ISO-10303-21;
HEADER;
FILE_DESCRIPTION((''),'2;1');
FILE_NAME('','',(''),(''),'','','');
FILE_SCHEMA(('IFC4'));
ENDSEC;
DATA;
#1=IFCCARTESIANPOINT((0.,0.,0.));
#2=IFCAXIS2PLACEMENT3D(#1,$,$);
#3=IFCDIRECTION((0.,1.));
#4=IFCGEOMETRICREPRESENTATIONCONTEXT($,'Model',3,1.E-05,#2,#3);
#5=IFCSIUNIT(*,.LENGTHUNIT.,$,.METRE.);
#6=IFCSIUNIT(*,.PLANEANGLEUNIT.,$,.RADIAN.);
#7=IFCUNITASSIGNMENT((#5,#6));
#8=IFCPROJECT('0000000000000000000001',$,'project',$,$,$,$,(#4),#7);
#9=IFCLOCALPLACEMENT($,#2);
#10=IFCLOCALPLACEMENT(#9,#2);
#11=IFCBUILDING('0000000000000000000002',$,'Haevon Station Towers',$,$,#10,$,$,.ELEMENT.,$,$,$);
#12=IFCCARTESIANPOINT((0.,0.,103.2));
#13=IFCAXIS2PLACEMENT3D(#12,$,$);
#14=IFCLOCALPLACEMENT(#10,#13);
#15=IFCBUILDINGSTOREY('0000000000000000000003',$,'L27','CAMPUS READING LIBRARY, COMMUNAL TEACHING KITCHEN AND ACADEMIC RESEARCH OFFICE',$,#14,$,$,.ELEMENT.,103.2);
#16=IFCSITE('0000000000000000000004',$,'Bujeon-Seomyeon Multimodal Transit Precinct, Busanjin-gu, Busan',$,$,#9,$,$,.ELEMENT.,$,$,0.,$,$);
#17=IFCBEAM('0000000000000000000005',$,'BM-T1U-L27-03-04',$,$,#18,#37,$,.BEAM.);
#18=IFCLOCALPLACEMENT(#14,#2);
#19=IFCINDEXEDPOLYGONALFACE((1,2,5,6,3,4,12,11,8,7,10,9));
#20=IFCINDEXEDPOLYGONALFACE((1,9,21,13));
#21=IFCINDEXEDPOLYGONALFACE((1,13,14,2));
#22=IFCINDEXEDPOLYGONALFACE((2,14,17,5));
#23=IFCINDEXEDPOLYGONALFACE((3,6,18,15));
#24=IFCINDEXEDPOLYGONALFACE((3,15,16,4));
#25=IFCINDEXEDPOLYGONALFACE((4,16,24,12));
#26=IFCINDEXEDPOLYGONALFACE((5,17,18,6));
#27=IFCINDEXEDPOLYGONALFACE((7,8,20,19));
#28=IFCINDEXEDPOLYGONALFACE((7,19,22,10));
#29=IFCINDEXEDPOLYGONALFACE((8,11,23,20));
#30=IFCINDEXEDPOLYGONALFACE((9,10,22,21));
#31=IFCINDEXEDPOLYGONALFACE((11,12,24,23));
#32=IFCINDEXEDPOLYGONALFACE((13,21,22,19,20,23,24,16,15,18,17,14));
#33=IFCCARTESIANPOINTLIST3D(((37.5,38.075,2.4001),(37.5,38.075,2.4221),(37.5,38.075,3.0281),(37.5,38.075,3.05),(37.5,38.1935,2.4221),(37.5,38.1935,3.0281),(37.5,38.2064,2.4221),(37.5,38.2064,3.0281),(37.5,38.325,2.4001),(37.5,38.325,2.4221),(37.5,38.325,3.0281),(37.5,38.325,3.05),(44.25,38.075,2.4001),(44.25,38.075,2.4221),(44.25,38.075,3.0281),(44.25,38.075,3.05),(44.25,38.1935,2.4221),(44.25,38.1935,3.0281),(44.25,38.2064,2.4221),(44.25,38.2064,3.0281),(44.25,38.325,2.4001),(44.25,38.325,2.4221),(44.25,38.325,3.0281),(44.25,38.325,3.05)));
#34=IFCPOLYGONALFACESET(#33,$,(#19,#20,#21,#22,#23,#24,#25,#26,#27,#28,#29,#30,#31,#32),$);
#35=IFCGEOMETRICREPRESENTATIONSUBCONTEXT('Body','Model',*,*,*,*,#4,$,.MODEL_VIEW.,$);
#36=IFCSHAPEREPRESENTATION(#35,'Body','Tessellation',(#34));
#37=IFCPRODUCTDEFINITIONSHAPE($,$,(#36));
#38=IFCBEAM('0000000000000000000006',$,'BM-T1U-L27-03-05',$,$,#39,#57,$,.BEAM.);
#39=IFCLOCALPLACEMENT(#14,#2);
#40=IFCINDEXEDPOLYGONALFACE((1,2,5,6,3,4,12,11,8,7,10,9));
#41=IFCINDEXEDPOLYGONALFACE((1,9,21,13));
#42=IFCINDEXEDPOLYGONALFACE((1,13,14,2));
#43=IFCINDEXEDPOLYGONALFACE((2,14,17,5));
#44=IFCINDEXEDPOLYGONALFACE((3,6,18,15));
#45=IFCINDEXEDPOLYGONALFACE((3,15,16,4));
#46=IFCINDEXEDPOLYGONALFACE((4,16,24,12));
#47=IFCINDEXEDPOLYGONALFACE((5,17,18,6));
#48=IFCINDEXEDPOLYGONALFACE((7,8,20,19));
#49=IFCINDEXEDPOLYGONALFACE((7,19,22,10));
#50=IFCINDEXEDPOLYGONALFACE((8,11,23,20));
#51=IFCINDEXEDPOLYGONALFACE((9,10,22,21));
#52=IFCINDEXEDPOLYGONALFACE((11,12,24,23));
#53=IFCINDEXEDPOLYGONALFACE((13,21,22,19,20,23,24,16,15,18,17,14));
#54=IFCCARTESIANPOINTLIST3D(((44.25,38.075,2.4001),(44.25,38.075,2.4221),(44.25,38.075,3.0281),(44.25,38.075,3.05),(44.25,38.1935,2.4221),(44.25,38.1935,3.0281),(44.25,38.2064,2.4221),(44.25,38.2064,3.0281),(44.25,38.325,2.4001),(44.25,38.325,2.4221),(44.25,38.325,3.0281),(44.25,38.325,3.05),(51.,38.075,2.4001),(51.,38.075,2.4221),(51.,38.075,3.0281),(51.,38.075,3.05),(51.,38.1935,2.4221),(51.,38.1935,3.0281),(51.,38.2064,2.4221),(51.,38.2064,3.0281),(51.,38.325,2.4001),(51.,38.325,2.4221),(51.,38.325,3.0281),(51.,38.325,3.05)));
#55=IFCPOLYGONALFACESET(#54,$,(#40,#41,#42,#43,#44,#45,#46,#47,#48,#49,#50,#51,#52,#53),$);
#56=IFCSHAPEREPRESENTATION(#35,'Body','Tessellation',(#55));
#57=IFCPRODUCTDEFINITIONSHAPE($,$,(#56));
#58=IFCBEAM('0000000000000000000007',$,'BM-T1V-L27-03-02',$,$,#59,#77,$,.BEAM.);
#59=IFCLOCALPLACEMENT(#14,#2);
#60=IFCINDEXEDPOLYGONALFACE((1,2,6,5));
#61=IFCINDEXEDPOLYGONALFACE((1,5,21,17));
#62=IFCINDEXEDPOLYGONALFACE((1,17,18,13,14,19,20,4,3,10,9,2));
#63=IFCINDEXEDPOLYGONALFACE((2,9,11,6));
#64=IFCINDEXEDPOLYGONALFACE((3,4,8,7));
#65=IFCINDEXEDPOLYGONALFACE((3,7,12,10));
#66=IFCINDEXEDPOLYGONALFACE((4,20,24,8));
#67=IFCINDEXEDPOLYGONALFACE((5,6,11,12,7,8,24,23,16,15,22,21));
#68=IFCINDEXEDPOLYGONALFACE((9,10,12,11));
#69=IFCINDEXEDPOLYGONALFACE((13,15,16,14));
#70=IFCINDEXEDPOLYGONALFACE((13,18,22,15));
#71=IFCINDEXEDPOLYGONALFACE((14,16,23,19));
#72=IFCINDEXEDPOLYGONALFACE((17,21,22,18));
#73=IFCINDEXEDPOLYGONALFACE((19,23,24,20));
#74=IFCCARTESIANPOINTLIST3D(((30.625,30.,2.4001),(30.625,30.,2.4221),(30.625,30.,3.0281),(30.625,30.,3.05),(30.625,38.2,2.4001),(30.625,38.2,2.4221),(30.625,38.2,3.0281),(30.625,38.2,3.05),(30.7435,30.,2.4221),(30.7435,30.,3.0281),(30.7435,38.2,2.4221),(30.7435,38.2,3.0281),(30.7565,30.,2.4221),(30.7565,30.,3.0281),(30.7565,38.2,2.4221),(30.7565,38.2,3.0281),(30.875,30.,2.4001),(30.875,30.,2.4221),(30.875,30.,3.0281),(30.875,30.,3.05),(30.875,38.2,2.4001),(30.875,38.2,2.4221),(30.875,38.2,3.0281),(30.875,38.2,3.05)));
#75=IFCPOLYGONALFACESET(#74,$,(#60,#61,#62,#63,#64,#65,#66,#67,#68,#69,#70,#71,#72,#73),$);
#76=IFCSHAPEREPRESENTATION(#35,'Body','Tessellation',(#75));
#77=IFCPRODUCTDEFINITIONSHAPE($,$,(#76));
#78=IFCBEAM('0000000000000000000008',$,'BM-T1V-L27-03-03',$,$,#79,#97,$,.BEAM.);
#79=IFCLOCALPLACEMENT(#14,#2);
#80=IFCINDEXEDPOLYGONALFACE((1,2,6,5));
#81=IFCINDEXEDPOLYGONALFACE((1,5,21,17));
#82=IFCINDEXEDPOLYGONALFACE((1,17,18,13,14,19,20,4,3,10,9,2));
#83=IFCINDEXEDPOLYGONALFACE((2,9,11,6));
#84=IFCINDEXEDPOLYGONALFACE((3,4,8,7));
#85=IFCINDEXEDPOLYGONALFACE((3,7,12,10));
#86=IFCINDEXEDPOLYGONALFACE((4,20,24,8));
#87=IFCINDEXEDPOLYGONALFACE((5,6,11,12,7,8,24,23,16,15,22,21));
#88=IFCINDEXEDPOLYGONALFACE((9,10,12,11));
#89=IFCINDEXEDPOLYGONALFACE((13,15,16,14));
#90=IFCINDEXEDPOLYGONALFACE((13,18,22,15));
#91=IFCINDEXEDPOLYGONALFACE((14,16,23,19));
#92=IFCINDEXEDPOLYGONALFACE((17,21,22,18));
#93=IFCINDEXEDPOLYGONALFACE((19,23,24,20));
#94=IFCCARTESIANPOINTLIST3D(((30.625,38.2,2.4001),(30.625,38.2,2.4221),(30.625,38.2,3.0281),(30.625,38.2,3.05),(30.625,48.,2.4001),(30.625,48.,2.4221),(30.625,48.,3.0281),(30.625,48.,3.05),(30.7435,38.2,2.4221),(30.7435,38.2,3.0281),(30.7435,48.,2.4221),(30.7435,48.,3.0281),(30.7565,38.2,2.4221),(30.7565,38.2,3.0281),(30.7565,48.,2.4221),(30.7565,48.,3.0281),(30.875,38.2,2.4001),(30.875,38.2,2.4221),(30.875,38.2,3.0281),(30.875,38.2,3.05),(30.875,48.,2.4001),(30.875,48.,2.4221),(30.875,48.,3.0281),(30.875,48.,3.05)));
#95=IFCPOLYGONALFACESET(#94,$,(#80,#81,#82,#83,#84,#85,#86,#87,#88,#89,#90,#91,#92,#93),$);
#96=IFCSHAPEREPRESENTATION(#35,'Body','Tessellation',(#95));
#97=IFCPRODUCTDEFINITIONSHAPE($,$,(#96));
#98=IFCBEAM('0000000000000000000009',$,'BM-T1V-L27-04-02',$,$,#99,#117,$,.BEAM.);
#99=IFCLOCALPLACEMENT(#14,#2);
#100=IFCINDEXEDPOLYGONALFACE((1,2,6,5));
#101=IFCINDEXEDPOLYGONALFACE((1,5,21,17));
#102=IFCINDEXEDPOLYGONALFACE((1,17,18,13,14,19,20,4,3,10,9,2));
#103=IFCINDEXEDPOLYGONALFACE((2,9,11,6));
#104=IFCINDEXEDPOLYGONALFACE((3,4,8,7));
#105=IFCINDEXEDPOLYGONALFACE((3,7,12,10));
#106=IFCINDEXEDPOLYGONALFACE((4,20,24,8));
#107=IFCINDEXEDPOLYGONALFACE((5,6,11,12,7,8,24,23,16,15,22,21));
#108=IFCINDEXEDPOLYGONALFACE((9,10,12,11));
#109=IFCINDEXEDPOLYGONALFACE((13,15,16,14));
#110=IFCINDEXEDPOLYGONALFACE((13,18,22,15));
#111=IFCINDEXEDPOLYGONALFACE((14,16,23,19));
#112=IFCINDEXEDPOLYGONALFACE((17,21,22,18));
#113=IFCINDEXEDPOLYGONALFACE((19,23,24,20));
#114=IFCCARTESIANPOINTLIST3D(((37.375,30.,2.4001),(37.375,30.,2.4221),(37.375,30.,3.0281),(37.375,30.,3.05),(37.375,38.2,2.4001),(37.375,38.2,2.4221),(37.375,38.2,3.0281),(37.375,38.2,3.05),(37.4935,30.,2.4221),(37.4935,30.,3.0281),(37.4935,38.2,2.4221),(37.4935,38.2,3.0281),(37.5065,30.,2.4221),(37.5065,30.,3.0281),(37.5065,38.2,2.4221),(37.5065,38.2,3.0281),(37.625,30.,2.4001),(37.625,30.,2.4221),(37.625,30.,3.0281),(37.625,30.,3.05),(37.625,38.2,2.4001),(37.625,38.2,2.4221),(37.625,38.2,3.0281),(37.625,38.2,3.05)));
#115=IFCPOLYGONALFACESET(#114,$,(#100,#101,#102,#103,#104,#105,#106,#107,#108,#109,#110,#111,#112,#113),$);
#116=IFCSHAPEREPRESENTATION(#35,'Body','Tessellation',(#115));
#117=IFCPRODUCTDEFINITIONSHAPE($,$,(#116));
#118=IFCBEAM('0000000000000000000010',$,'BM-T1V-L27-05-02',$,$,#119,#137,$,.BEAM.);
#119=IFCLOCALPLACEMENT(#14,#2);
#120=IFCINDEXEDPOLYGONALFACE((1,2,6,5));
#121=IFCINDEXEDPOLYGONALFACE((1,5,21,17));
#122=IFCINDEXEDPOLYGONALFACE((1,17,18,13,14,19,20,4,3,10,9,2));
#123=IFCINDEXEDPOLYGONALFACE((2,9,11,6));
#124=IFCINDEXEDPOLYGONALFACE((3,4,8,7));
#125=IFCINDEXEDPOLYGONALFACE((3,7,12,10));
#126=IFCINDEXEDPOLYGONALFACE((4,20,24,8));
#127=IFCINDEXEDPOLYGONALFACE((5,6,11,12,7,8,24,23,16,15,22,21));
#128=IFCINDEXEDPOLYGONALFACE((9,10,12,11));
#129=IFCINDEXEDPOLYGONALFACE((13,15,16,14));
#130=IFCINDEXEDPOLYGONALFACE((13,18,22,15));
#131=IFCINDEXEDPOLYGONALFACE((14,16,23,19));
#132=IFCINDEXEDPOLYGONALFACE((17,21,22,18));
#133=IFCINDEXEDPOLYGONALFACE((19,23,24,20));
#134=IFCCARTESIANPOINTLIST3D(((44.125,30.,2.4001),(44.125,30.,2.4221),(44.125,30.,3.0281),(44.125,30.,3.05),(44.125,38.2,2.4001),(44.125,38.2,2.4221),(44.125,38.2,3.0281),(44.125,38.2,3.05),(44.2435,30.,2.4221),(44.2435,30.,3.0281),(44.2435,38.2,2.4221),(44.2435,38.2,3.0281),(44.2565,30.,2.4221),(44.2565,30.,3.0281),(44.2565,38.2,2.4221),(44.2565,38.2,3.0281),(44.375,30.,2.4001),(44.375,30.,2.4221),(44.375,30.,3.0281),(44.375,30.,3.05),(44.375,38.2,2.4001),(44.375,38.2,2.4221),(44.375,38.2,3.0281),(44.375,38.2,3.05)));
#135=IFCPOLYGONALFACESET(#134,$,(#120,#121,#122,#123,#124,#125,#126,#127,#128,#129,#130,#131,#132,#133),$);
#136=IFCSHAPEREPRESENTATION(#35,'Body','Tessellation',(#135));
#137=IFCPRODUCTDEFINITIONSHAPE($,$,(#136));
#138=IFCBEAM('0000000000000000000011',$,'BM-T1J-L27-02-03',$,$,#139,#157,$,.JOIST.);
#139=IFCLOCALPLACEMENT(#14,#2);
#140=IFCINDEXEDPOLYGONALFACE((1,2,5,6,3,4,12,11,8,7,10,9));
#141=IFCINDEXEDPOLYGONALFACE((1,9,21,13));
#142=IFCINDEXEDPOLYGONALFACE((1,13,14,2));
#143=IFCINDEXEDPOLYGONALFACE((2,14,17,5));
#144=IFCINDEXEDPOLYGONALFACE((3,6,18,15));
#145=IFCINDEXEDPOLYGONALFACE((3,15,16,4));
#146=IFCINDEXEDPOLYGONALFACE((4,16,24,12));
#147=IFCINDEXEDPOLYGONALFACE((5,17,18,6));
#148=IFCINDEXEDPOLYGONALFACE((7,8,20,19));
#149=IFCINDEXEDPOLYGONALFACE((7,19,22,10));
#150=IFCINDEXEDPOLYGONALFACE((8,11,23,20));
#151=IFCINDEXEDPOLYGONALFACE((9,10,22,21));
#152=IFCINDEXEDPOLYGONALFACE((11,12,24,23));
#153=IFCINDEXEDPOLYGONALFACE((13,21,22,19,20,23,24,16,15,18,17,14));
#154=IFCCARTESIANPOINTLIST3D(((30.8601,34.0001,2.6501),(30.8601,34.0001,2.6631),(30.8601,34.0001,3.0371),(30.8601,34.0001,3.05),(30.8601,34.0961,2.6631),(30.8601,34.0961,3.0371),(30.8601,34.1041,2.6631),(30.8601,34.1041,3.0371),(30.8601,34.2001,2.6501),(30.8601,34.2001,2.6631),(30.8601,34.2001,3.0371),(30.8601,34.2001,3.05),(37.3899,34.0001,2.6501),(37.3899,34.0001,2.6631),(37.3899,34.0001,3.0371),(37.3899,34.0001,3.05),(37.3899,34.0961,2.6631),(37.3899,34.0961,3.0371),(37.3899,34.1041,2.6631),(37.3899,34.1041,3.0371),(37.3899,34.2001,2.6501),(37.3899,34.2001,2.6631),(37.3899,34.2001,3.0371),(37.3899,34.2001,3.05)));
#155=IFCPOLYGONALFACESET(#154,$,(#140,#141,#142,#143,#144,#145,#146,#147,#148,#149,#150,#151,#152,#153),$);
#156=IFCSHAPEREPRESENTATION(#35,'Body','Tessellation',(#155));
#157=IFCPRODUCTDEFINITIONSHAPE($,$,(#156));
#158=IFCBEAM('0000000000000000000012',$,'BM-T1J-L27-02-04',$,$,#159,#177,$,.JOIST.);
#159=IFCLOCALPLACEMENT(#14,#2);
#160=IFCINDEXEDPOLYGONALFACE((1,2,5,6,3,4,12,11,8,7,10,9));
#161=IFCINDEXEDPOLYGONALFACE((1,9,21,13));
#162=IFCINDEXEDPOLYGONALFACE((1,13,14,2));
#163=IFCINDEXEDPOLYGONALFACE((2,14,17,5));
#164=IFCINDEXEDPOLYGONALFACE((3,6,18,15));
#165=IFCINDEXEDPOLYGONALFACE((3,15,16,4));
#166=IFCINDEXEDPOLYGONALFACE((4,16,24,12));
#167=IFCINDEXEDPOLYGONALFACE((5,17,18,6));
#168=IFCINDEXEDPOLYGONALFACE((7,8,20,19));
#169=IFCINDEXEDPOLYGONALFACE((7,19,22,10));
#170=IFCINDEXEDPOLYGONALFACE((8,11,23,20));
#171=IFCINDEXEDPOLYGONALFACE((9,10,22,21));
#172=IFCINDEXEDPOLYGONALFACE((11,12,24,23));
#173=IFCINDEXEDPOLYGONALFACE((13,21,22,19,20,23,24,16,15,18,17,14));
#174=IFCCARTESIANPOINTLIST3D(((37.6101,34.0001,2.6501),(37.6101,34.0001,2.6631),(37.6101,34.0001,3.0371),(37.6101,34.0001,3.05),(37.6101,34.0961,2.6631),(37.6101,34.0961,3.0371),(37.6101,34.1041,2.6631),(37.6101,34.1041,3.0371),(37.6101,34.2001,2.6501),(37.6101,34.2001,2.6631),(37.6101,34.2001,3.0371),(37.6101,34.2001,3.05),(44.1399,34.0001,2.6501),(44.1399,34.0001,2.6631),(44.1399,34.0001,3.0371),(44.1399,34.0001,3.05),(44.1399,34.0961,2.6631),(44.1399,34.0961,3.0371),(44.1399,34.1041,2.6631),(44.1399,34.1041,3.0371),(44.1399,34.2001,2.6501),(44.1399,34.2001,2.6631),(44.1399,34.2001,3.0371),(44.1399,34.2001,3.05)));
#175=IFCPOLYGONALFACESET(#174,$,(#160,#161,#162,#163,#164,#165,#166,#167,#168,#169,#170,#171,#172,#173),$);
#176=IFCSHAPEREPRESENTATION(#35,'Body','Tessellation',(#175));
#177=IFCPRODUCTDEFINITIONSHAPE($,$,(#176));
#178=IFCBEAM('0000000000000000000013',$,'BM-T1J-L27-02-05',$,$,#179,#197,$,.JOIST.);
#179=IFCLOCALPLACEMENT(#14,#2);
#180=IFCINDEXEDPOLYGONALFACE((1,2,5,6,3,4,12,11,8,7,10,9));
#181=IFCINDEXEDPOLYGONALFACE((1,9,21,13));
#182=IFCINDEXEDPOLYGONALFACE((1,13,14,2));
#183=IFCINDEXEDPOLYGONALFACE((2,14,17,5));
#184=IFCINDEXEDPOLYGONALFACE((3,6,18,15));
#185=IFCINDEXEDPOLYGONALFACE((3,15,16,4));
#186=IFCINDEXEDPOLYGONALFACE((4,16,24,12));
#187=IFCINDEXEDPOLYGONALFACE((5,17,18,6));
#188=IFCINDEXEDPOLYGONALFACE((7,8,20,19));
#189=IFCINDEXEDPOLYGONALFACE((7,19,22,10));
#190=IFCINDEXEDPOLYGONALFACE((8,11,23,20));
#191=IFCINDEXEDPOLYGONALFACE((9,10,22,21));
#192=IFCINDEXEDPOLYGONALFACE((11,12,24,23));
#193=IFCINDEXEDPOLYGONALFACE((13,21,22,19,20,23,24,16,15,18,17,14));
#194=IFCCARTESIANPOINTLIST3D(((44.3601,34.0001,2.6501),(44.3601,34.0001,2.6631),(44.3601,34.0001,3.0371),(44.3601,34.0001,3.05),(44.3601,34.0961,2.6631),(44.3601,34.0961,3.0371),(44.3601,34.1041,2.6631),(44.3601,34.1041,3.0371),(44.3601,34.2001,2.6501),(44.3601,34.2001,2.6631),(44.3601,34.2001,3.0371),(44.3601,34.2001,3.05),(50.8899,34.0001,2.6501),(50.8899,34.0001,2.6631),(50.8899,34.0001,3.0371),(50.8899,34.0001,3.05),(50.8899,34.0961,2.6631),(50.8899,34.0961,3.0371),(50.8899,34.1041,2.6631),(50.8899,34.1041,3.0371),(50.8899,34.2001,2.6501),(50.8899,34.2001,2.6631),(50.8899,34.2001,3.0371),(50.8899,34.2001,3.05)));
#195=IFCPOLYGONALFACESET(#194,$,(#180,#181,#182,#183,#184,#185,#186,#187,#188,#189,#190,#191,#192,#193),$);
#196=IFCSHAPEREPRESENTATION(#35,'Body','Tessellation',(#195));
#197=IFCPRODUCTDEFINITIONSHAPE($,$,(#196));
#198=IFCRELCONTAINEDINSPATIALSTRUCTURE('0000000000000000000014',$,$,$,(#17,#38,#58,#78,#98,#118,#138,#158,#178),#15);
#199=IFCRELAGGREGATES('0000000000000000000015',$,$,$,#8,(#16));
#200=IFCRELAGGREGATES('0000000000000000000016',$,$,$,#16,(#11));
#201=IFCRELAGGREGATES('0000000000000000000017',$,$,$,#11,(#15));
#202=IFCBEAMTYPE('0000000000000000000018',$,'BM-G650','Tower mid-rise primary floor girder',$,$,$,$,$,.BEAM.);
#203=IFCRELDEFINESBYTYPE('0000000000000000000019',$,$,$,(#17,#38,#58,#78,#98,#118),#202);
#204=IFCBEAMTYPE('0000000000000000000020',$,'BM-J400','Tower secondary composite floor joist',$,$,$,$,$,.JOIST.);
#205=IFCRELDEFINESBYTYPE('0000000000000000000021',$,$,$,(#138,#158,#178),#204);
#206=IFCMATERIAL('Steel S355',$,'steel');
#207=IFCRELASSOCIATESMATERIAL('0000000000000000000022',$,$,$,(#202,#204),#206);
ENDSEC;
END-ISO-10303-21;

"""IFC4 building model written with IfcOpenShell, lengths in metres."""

from ifc_helpers import new_model, si_unit, direction, frame, origin, origin_2d, place, context, subcontext, project, spatial, i_section, extrude, material, material_profile, profile_set, type_object, element, save


model = new_model("IFC4")

# Units and contexts
model_context = context("Model", 3, precision=1e-05, world=origin(), true_north=direction((0.0, 1.0)))
body_context = subcontext(model_context, "Body", "Model", "MODEL_VIEW")
ifc_project = project(units=[si_unit("LENGTHUNIT", "METRE"), si_unit("PLANEANGLEUNIT", "RADIAN")], contexts=[model_context])

# Site, building, storey
site_placement = place(None, origin())
site = spatial("IfcSite", under=ifc_project, at=site_placement, Name="Bujeon-Seomyeon Multimodal Transit Precinct, Busanjin-gu, Busan", CompositionType="ELEMENT", RefElevation=0.0)
building_placement = place(site_placement, origin())
building = spatial("IfcBuilding", under=site, at=building_placement, Name="Haevon Station Towers", CompositionType="ELEMENT")
storey_placement = place(building_placement, frame((0.0, 0.0, 103.2)))
storey = spatial("IfcBuildingStorey", under=building, at=storey_placement, Name="L27", Description="CAMPUS READING LIBRARY, COMMUNAL TEACHING KITCHEN AND ACADEMIC RESEARCH OFFICE", CompositionType="ELEMENT", Elevation=103.2)

# Beams
ifc_material_1 = material(Name="Steel S355", Category="steel")
ifc_material_profile_1 = material_profile(ifc_material_1, i_section(OverallWidth=0.25, OverallDepth=0.6499, WebThickness=0.0129, FlangeThickness=0.022, at=origin_2d()), Name="H-650x250x13x22")
ifc_profile_set_1 = profile_set([ifc_material_profile_1], Name="Steel S355")
beam_type_1 = type_object("IfcBeamType", Name="BM-G650", Description="Tower mid-rise primary floor girder", PredefinedType="BEAM", material=ifc_profile_set_1)
for number, where, z_axis, x_axis, name in (
    (1, (37.5, 38.2, 2.7251), (1.0, 0.0, 0.0), (0.0, 1.0, 0.0), "BM-T1U-L27-03-04"),
    (2, (44.25, 38.2, 2.7251), (1.0, 0.0, 0.0), (0.0, 1.0, 0.0), "BM-T1U-L27-03-05"),
):
    element("IfcBeam", number, at=place(storey_placement, frame(where, z_axis=z_axis, x_axis=x_axis)), inside=storey, type_object=beam_type_1, Name=name, PredefinedType="BEAM", context=body_context, shape_type="SweptSolid", body=[
        extrude(i_section(OverallWidth=0.25, OverallDepth=0.6499, WebThickness=0.0129, FlangeThickness=0.022, at=origin_2d()), origin(), (0.0, 0.0, 1.0), 6.75),
    ])
beam_1_placement = place(storey_placement, frame((30.75, 30.0, 2.7251), z_axis=(0.0, 1.0, 0.0), x_axis=(-1.0, 0.0, 0.0)))
element("IfcBeam", 3, at=beam_1_placement, inside=storey, type_object=beam_type_1, Name="BM-T1V-L27-03-02", PredefinedType="BEAM", context=body_context, shape_type="SweptSolid", body=[
    extrude(i_section(OverallWidth=0.25, OverallDepth=0.6499, WebThickness=0.0129, FlangeThickness=0.022, at=origin_2d()), origin(), (0.0, 0.0, 1.0), 8.2),
])
beam_2_placement = place(storey_placement, frame((30.75, 38.2, 2.7251), z_axis=(0.0, 1.0, 0.0), x_axis=(-1.0, 0.0, 0.0)))
element("IfcBeam", 4, at=beam_2_placement, inside=storey, type_object=beam_type_1, Name="BM-T1V-L27-03-03", PredefinedType="BEAM", context=body_context, shape_type="SweptSolid", body=[
    extrude(i_section(OverallWidth=0.25, OverallDepth=0.6499, WebThickness=0.0129, FlangeThickness=0.022, at=origin_2d()), origin(), (0.0, 0.0, 1.0), 9.8),
])
for number, where, z_axis, x_axis, name in (
    (5, (37.5, 30.0, 2.7251), (0.0, 1.0, 0.0), (-1.0, 0.0, 0.0), "BM-T1V-L27-04-02"),
    (6, (44.25, 30.0, 2.7251), (0.0, 1.0, 0.0), (-1.0, 0.0, 0.0), "BM-T1V-L27-05-02"),
):
    element("IfcBeam", number, at=place(storey_placement, frame(where, z_axis=z_axis, x_axis=x_axis)), inside=storey, type_object=beam_type_1, Name=name, PredefinedType="BEAM", context=body_context, shape_type="SweptSolid", body=[
        extrude(i_section(OverallWidth=0.25, OverallDepth=0.6499, WebThickness=0.0129, FlangeThickness=0.022, at=origin_2d()), origin(), (0.0, 0.0, 1.0), 8.2),
    ])
ifc_material_profile_2 = material_profile(ifc_material_1, i_section(OverallWidth=0.2, OverallDepth=0.3999, WebThickness=0.0081, FlangeThickness=0.0129, at=origin_2d()), Name="H-400x200x8x13")
ifc_profile_set_2 = profile_set([ifc_material_profile_2], Name="Steel S355")
beam_type_2 = type_object("IfcBeamType", Name="BM-J400", Description="Tower secondary composite floor joist", PredefinedType="JOIST", material=ifc_profile_set_2)
for number, where, z_axis, x_axis, name in (
    (7, (30.8601, 34.1001, 2.8501), (1.0, 0.0, 0.0), (0.0, 1.0, 0.0), "BM-T1J-L27-02-03"),
    (8, (37.6101, 34.1001, 2.8501), (1.0, 0.0, 0.0), (0.0, 1.0, 0.0), "BM-T1J-L27-02-04"),
    (9, (44.3601, 34.1001, 2.8501), (1.0, 0.0, 0.0), (0.0, 1.0, 0.0), "BM-T1J-L27-02-05"),
):
    element("IfcBeam", number, at=place(storey_placement, frame(where, z_axis=z_axis, x_axis=x_axis)), inside=storey, type_object=beam_type_2, Name=name, PredefinedType="JOIST", context=body_context, shape_type="SweptSolid", body=[
        extrude(i_section(OverallWidth=0.2, OverallDepth=0.3999, WebThickness=0.0081, FlangeThickness=0.0129, at=origin_2d()), origin(), (0.0, 0.0, 1.0), 6.5298),
    ])

save(model, "model.ifc")
